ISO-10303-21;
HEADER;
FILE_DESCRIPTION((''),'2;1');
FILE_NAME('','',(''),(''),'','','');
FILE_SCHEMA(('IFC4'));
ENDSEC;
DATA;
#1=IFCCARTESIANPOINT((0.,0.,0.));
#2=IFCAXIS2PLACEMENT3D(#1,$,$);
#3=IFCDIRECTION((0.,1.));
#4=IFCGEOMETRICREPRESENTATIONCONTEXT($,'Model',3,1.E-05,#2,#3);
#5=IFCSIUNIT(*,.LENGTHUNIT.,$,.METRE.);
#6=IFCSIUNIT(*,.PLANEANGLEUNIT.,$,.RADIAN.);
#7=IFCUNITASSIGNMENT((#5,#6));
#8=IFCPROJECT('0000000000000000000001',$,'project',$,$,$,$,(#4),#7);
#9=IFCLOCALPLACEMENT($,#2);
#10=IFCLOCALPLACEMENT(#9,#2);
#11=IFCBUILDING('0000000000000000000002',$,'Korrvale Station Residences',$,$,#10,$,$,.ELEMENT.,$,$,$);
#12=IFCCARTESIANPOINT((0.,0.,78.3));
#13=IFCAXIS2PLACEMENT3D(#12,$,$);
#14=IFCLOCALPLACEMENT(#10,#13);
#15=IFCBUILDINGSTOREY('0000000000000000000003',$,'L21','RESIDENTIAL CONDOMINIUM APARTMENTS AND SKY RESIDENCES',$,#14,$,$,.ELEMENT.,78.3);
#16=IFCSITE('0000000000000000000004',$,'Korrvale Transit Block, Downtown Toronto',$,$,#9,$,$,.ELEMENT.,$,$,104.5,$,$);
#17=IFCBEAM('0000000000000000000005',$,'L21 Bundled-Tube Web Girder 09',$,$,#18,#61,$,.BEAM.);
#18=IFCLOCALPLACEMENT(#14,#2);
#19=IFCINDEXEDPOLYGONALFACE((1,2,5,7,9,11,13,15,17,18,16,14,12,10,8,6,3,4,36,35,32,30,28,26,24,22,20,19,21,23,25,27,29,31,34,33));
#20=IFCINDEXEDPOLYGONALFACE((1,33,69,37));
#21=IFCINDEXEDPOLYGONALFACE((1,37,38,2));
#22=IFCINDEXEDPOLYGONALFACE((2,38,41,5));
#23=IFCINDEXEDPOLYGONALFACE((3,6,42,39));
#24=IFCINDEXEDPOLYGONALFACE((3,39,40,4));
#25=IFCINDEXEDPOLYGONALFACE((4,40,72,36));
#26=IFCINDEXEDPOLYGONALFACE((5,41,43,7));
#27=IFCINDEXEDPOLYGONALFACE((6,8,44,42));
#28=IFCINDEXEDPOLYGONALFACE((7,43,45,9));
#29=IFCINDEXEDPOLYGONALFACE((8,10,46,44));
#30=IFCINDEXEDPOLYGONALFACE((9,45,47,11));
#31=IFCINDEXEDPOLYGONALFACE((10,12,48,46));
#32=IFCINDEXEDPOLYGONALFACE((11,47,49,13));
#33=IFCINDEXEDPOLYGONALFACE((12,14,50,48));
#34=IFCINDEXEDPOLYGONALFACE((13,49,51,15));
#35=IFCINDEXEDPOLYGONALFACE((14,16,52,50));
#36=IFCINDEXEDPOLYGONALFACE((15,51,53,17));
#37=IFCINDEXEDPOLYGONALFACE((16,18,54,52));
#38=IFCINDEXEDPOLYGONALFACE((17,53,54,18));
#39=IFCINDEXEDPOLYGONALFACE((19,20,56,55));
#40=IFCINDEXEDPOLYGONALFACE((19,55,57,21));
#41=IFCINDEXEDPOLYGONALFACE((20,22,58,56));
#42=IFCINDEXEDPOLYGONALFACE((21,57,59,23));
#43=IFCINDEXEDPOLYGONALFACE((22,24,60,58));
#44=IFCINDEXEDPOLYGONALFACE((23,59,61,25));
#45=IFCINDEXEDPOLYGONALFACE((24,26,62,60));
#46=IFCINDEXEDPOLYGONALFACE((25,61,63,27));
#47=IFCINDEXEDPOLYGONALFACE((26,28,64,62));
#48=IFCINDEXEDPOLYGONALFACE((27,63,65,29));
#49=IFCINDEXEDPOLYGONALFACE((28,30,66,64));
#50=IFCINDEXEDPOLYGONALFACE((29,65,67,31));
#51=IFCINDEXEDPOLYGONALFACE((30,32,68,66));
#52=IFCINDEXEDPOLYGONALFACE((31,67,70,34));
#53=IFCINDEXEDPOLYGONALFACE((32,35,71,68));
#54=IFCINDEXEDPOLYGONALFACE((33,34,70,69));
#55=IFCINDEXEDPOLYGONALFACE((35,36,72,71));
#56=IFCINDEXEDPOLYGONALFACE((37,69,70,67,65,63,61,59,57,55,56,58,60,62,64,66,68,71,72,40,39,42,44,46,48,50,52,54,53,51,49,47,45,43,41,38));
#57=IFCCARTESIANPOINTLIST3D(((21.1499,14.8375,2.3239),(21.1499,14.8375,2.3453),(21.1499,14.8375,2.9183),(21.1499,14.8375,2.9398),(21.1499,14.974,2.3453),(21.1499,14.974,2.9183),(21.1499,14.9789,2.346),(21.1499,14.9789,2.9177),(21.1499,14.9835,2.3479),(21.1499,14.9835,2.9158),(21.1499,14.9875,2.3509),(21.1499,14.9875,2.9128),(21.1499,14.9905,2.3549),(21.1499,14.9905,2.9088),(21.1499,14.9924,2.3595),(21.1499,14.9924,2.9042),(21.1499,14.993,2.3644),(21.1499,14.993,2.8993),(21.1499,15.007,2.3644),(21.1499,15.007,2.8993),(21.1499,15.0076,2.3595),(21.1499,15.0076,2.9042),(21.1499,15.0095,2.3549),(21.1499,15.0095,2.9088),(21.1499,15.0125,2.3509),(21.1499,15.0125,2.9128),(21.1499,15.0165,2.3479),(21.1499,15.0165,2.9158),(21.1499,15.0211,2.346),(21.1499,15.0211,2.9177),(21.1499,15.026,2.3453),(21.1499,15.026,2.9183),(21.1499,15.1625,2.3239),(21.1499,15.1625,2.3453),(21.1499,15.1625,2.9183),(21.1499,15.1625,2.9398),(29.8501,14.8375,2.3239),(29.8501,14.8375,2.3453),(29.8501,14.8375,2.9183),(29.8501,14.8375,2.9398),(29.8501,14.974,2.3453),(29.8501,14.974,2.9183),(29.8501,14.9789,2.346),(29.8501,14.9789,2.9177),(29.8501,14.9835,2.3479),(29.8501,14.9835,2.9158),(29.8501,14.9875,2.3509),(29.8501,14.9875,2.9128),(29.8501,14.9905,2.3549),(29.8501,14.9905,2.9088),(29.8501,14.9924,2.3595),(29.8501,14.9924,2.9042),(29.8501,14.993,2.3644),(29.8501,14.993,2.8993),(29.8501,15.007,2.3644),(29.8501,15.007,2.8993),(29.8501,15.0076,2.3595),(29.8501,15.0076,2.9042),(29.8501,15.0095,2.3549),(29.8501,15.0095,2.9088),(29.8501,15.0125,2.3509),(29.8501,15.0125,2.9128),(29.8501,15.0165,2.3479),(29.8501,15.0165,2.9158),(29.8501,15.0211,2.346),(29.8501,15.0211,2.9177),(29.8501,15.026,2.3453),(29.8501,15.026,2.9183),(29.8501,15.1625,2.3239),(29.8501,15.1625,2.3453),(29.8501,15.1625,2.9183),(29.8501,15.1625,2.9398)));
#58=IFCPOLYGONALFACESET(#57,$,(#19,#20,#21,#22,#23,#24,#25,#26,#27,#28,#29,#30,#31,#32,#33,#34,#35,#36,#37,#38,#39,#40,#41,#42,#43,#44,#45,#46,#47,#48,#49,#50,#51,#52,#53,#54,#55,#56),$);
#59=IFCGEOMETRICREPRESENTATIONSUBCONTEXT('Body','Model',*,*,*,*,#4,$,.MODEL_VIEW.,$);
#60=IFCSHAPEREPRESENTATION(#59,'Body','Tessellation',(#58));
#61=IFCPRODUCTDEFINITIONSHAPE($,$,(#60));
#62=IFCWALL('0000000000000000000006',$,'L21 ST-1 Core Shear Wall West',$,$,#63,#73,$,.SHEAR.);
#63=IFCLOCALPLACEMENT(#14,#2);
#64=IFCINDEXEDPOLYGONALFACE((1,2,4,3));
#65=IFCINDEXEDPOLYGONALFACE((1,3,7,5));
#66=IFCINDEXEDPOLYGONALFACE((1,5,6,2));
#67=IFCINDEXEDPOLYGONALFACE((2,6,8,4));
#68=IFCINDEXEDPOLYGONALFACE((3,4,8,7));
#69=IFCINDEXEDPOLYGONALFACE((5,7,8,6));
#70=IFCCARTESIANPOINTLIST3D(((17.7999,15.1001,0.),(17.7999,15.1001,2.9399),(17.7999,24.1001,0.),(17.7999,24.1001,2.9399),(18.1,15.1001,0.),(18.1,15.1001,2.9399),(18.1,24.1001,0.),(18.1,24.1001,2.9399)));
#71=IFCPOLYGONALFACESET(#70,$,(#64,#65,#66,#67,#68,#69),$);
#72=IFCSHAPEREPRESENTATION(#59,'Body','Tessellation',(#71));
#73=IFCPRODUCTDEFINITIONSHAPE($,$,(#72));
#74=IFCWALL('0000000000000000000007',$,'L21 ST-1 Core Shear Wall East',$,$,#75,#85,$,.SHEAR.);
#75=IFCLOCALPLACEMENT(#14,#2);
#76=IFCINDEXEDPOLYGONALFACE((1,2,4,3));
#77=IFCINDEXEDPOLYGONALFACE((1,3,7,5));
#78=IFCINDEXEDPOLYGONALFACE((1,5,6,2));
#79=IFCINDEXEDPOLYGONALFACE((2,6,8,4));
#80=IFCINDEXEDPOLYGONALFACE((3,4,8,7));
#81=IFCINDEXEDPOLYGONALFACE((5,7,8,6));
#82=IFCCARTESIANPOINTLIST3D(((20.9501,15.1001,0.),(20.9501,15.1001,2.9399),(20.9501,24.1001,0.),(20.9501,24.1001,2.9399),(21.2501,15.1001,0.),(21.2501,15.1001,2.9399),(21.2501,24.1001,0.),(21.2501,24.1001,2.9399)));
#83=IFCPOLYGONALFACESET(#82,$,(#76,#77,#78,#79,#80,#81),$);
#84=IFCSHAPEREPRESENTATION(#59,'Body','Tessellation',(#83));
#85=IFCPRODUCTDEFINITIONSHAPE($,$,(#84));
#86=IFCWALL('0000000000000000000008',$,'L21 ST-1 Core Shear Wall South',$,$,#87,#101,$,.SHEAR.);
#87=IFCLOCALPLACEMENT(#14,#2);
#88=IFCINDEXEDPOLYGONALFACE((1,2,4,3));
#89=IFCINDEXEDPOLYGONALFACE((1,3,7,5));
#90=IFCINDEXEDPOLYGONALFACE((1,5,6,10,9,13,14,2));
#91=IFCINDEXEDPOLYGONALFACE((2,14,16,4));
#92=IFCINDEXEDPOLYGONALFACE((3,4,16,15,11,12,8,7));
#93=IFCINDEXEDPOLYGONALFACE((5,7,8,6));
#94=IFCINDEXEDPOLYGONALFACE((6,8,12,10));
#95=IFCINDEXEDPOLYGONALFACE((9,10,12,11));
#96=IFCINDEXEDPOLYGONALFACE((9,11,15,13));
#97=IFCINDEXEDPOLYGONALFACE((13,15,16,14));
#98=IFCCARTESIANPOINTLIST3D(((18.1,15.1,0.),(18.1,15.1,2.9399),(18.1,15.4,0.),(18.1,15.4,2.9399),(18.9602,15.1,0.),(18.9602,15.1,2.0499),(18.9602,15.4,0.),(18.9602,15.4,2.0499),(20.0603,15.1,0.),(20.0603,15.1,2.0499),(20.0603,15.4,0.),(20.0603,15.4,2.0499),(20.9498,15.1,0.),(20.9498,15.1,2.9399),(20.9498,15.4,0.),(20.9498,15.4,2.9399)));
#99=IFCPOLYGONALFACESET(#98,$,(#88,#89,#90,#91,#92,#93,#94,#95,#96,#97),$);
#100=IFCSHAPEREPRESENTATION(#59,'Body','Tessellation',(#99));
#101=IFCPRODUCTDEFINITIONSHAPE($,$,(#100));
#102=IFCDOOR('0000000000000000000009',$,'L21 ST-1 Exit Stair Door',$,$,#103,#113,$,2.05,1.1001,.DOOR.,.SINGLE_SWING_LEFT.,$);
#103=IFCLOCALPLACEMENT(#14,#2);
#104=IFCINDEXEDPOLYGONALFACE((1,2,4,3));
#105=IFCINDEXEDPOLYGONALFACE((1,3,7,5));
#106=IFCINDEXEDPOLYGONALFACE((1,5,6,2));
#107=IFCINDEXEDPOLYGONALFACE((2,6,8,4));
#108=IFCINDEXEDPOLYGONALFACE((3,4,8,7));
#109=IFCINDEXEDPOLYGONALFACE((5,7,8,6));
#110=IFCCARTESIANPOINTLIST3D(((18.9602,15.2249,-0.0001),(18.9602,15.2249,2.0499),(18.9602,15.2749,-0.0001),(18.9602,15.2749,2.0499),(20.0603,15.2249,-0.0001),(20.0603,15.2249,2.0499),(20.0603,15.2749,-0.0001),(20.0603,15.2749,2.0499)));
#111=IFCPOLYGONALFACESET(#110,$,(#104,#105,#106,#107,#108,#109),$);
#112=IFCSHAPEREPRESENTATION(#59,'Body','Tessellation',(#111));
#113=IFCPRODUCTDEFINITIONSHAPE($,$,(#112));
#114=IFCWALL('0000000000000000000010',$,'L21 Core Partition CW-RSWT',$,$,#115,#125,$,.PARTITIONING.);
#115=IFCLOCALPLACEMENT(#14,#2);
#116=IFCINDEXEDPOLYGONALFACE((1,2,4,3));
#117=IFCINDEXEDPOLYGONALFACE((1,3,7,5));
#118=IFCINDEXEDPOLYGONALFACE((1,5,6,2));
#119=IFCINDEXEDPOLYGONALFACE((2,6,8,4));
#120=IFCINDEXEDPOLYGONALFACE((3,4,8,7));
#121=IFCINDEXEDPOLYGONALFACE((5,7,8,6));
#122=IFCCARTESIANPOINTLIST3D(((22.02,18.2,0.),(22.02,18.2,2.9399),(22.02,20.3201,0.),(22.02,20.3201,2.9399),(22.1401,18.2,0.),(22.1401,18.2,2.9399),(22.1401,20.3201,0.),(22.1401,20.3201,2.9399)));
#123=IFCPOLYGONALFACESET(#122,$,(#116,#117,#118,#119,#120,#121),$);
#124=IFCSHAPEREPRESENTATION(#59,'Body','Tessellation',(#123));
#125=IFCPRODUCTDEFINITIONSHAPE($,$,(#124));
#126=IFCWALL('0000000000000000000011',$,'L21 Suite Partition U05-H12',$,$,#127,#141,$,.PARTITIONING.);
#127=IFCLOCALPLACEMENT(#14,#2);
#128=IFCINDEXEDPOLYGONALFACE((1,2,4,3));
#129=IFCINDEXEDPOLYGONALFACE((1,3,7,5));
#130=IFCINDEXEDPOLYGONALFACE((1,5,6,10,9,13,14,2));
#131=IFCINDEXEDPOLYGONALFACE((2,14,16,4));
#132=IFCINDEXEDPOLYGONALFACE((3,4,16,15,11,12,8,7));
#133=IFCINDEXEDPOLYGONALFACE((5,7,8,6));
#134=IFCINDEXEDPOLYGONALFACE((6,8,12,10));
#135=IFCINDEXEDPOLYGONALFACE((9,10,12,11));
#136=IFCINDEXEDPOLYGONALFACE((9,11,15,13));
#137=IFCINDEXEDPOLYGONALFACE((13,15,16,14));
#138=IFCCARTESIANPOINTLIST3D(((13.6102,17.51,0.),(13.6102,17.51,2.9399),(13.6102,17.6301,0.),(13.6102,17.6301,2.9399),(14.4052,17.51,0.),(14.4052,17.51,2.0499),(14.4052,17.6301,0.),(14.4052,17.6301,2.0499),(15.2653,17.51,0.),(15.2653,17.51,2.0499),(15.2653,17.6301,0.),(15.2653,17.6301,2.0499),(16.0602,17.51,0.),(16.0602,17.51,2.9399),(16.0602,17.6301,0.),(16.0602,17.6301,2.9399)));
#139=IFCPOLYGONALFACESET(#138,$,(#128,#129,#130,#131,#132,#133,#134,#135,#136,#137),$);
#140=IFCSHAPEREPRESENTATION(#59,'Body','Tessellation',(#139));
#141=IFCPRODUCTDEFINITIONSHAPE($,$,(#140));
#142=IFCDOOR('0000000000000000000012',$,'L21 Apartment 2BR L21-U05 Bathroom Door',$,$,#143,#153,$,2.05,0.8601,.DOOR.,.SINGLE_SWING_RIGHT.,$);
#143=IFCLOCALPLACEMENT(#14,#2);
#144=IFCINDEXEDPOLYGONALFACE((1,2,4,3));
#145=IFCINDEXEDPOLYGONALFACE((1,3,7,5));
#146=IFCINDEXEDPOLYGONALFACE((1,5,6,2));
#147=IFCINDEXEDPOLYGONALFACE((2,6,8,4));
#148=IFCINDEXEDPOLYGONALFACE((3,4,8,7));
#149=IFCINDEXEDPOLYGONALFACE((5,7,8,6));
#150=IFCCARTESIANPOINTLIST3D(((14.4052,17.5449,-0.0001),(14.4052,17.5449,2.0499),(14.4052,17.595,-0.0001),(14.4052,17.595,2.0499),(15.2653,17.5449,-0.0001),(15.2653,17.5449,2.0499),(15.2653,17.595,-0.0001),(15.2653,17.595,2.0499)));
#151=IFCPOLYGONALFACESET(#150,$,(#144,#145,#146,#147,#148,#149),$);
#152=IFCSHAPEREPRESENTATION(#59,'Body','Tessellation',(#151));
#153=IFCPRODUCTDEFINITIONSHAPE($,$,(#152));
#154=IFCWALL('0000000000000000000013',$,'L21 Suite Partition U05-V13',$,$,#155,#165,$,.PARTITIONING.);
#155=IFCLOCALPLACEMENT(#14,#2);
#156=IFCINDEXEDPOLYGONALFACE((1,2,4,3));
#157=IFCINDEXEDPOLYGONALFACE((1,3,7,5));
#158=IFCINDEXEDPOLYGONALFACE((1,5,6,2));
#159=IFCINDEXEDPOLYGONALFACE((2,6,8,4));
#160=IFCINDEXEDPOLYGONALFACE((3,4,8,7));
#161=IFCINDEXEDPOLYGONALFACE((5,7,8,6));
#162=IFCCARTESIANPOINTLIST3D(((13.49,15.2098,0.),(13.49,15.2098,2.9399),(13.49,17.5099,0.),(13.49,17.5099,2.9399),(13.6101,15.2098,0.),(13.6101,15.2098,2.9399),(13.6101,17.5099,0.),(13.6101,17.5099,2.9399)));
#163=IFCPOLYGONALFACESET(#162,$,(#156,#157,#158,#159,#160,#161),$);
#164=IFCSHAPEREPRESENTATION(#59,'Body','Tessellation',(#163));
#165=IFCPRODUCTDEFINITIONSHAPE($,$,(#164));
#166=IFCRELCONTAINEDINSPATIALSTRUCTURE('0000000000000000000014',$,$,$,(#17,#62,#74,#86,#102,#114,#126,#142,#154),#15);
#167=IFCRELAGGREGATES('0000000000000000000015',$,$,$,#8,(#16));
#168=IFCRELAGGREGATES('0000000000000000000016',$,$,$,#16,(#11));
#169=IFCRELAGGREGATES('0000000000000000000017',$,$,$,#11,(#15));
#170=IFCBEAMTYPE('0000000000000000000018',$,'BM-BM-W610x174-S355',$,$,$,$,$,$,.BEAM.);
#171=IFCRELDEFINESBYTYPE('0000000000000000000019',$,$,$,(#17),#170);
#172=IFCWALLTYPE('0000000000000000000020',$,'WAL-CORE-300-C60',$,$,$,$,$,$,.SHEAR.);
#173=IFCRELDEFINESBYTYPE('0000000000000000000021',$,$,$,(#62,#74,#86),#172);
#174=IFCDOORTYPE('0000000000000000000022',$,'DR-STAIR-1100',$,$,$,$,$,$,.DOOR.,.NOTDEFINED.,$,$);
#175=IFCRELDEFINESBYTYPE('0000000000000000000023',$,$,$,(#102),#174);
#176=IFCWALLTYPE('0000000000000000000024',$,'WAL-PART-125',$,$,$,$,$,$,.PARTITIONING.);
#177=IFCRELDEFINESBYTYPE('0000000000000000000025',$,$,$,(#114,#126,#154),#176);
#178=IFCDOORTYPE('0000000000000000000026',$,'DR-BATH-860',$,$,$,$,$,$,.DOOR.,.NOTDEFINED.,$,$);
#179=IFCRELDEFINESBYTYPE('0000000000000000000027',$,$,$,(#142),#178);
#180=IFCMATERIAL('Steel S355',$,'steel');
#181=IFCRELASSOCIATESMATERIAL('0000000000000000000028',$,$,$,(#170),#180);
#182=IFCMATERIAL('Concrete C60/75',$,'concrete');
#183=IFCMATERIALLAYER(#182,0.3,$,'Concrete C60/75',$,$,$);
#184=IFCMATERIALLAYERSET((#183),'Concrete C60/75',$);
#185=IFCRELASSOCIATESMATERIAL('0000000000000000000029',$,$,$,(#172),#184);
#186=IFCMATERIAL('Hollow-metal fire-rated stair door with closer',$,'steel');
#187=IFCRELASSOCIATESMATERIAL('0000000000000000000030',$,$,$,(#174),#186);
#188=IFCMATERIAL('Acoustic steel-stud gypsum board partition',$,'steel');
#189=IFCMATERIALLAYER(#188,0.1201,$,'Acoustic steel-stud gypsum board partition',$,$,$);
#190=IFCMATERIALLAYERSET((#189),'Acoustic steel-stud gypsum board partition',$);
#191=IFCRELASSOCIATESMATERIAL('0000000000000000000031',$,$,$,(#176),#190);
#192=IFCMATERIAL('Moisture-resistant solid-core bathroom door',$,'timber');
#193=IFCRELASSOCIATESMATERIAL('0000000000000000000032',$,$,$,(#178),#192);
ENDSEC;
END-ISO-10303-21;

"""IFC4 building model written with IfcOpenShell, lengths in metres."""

from ifc_helpers import new_model, si_unit, direction, frame, frame_2d, origin, origin_2d, place, context, subcontext, project, spatial, rectangle, i_section, extrude, material, layer, layer_set, material_profile, profile_set, type_object, element, fill, save


model = new_model("IFC4")

# Units and contexts
model_context = context("Model", 3, precision=1e-05, world=origin(), true_north=direction((0.0, 1.0)))
body_context = subcontext(model_context, "Body", "Model", "MODEL_VIEW")
ifc_project = project(units=[si_unit("LENGTHUNIT", "METRE"), si_unit("PLANEANGLEUNIT", "RADIAN")], contexts=[model_context])

# Site, building, storey
site_placement = place(None, origin())
site = spatial("IfcSite", under=ifc_project, at=site_placement, Name="Korrvale Transit Block, Downtown Toronto", CompositionType="ELEMENT", RefElevation=104.5)
building_placement = place(site_placement, origin())
building = spatial("IfcBuilding", under=site, at=building_placement, Name="Korrvale Station Residences", CompositionType="ELEMENT")
storey_placement = place(building_placement, frame((0.0, 0.0, 78.3)))
storey = spatial("IfcBuildingStorey", under=building, at=storey_placement, Name="L21", Description="RESIDENTIAL CONDOMINIUM APARTMENTS AND SKY RESIDENCES", CompositionType="ELEMENT", Elevation=78.3)

# Beam
ifc_material_1 = material(Name="Steel S355", Category="steel")
ifc_material_profile = material_profile(ifc_material_1, i_section(OverallWidth=0.325, OverallDepth=0.616, WebThickness=0.0139, FlangeThickness=0.0215, FilletRadius=0.019, at=origin_2d()), Name="W610x174")
ifc_profile_set = profile_set([ifc_material_profile], Name="Steel S355")
beam_type = type_object("IfcBeamType", Name="BM-BM-W610x174-S355", PredefinedType="BEAM", material=ifc_profile_set)
beam_placement = place(storey_placement, frame((21.1499, 15.0, 2.6318), z_axis=(1.0, 0.0, 0.0), x_axis=(0.0, 1.0, 0.0)))
element("IfcBeam", 1, at=beam_placement, inside=storey, type_object=beam_type, Name="L21 Bundled-Tube Web Girder 09", PredefinedType="BEAM", context=body_context, shape_type="SweptSolid", body=[
    extrude(i_section(OverallWidth=0.325, OverallDepth=0.616, WebThickness=0.0139, FlangeThickness=0.0215, FilletRadius=0.019, at=origin_2d()), origin(), (0.0, 0.0, 1.0), 8.7002),
])

# Walls
ifc_material_2 = material(Name="Concrete C60/75", Category="concrete")
ifc_layer_1 = layer(ifc_material_2, 0.3, Name="Concrete C60/75")
ifc_layer_set_1 = layer_set([ifc_layer_1], Name="Concrete C60/75")
wall_type_1 = type_object("IfcWallType", Name="WAL-CORE-300-C60", PredefinedType="SHEAR", material=ifc_layer_set_1)
for number, where, z_axis, x_axis, name in (
    (2, (17.95, 15.1001, 0.0), (0.0, 0.0, 1.0), (0.0, 1.0, 0.0), "L21 ST-1 Core Shear Wall West"),
    (3, (21.1001, 15.1001, 0.0), (0.0, 0.0, 1.0), (0.0, 1.0, 0.0), "L21 ST-1 Core Shear Wall East"),
):
    element("IfcWall", number, at=place(storey_placement, frame(where, z_axis=z_axis, x_axis=x_axis)), inside=storey, type_object=wall_type_1, Name=name, PredefinedType="SHEAR", context=body_context, shape_type="SweptSolid", body=[
        extrude(rectangle(XDim=9.0, YDim=0.3, at=frame_2d((4.5, 0.0))), origin(), (0.0, 0.0, 1.0), 2.9399),
    ])

# Wall, opening, door
wall_1_placement = place(storey_placement, frame((18.1001, 15.25, 0.0), z_axis=(0.0, 0.0, 1.0), x_axis=(1.0, 0.0, 0.0)))
wall_1 = element("IfcWall", 4, at=wall_1_placement, inside=storey, type_object=wall_type_1, Name="L21 ST-1 Core Shear Wall South", PredefinedType="SHEAR", context=body_context, shape_type="SweptSolid", body=[
    extrude(rectangle(XDim=2.8499, YDim=0.3, at=frame_2d((1.4248, 0.0))), origin(), (0.0, 0.0, 1.0), 2.9399),
])
opening_1_placement = place(wall_1_placement, frame((0.8601, 0.0, 0.0)))
opening_1 = element("IfcOpeningElement", 5, at=opening_1_placement, cuts=wall_1, PredefinedType="OPENING", context=body_context, shape_type="SweptSolid", body=[
    extrude(rectangle(XDim=1.1001, YDim=2.05, at=frame_2d((0.55, 1.0249))), frame((0.0, 0.1602, 0.0), z_axis=(0.0, -1.0, 0.0), x_axis=(1.0, 0.0, 0.0)), (0.0, 0.0, 1.0), 0.3201),
])
ifc_material_3 = material(Name="Hollow-metal fire-rated stair door with closer", Category="steel")
door_type_1 = type_object("IfcDoorType", Name="DR-STAIR-1100", OperationType="NOTDEFINED", PredefinedType="DOOR", material=ifc_material_3)
door_1_placement = place(opening_1_placement, origin())
door_1 = element("IfcDoor", 6, at=door_1_placement, inside=storey, type_object=door_type_1, Name="L21 ST-1 Exit Stair Door", OperationType="SINGLE_SWING_LEFT", OverallHeight=2.05, OverallWidth=1.1001, PredefinedType="DOOR", context=body_context, shape_type="SweptSolid", body=[
    extrude(rectangle(XDim=1.1001, YDim=2.05, at=frame_2d((0.55, 1.0249))), frame((0.0, 0.0249, 0.0), z_axis=(0.0, -1.0, 0.0), x_axis=(1.0, 0.0, 0.0)), (0.0, 0.0, 1.0), 0.05),
])
fill(opening_1, door_1)

# Wall
ifc_material_4 = material(Name="Acoustic steel-stud gypsum board partition", Category="steel")
ifc_layer_2 = layer(ifc_material_4, 0.1201, Name="Acoustic steel-stud gypsum board partition")
ifc_layer_set_2 = layer_set([ifc_layer_2], Name="Acoustic steel-stud gypsum board partition")
wall_type_2 = type_object("IfcWallType", Name="WAL-PART-125", PredefinedType="PARTITIONING", material=ifc_layer_set_2)
wall_2_placement = place(storey_placement, frame((22.0801, 18.2, 0.0), z_axis=(0.0, 0.0, 1.0), x_axis=(0.0, 1.0, 0.0)))
element("IfcWall", 7, at=wall_2_placement, inside=storey, type_object=wall_type_2, Name="L21 Core Partition CW-RSWT", PredefinedType="PARTITIONING", context=body_context, shape_type="SweptSolid", body=[
    extrude(rectangle(XDim=2.1201, YDim=0.1201, at=frame_2d((1.0601, 0.0))), origin(), (0.0, 0.0, 1.0), 2.9399),
])

# Wall, opening, door
wall_3_placement = place(storey_placement, frame((13.6101, 17.5701, 0.0), z_axis=(0.0, 0.0, 1.0), x_axis=(1.0, 0.0, 0.0)))
wall_3 = element("IfcWall", 8, at=wall_3_placement, inside=storey, type_object=wall_type_2, Name="L21 Suite Partition U05-H12", PredefinedType="PARTITIONING", context=body_context, shape_type="SweptSolid", body=[
    extrude(rectangle(XDim=2.45, YDim=0.1201, at=frame_2d((1.2251, 0.0))), origin(), (0.0, 0.0, 1.0), 2.9399),
])
opening_2_placement = place(wall_3_placement, frame((0.7949, 0.0, 0.0)))
opening_2 = element("IfcOpeningElement", 9, at=opening_2_placement, cuts=wall_3, PredefinedType="OPENING", context=body_context, shape_type="SweptSolid", body=[
    extrude(rectangle(XDim=0.8601, YDim=2.05, at=frame_2d((0.4302, 1.0249))), frame((0.0, 0.0701, 0.0), z_axis=(0.0, -1.0, 0.0), x_axis=(1.0, 0.0, 0.0)), (0.0, 0.0, 1.0), 0.1401),
])
ifc_material_5 = material(Name="Moisture-resistant solid-core bathroom door", Category="timber")
door_type_2 = type_object("IfcDoorType", Name="DR-BATH-860", OperationType="NOTDEFINED", PredefinedType="DOOR", material=ifc_material_5)
door_2_placement = place(opening_2_placement, origin())
door_2 = element("IfcDoor", 10, at=door_2_placement, inside=storey, type_object=door_type_2, Name="L21 Apartment 2BR L21-U05 Bathroom Door", OperationType="SINGLE_SWING_RIGHT", OverallHeight=2.05, OverallWidth=0.8601, PredefinedType="DOOR", context=body_context, shape_type="SweptSolid", body=[
    extrude(rectangle(XDim=0.8601, YDim=2.05, at=frame_2d((0.4302, 1.0249))), frame((0.0, 0.0249, 0.0), z_axis=(0.0, -1.0, 0.0), x_axis=(1.0, 0.0, 0.0)), (0.0, 0.0, 1.0), 0.05),
])
fill(opening_2, door_2)

# Wall
wall_4_placement = place(storey_placement, frame((13.55, 15.21, 0.0), z_axis=(0.0, 0.0, 1.0), x_axis=(0.0, 1.0, 0.0)))
element("IfcWall", 11, at=wall_4_placement, inside=storey, type_object=wall_type_2, Name="L21 Suite Partition U05-V13", PredefinedType="PARTITIONING", context=body_context, shape_type="SweptSolid", body=[
    extrude(rectangle(XDim=2.3, YDim=0.1201, at=frame_2d((1.1499, 0.0))), origin(), (0.0, 0.0, 1.0), 2.9399),
])

save(model, "model.ifc")
